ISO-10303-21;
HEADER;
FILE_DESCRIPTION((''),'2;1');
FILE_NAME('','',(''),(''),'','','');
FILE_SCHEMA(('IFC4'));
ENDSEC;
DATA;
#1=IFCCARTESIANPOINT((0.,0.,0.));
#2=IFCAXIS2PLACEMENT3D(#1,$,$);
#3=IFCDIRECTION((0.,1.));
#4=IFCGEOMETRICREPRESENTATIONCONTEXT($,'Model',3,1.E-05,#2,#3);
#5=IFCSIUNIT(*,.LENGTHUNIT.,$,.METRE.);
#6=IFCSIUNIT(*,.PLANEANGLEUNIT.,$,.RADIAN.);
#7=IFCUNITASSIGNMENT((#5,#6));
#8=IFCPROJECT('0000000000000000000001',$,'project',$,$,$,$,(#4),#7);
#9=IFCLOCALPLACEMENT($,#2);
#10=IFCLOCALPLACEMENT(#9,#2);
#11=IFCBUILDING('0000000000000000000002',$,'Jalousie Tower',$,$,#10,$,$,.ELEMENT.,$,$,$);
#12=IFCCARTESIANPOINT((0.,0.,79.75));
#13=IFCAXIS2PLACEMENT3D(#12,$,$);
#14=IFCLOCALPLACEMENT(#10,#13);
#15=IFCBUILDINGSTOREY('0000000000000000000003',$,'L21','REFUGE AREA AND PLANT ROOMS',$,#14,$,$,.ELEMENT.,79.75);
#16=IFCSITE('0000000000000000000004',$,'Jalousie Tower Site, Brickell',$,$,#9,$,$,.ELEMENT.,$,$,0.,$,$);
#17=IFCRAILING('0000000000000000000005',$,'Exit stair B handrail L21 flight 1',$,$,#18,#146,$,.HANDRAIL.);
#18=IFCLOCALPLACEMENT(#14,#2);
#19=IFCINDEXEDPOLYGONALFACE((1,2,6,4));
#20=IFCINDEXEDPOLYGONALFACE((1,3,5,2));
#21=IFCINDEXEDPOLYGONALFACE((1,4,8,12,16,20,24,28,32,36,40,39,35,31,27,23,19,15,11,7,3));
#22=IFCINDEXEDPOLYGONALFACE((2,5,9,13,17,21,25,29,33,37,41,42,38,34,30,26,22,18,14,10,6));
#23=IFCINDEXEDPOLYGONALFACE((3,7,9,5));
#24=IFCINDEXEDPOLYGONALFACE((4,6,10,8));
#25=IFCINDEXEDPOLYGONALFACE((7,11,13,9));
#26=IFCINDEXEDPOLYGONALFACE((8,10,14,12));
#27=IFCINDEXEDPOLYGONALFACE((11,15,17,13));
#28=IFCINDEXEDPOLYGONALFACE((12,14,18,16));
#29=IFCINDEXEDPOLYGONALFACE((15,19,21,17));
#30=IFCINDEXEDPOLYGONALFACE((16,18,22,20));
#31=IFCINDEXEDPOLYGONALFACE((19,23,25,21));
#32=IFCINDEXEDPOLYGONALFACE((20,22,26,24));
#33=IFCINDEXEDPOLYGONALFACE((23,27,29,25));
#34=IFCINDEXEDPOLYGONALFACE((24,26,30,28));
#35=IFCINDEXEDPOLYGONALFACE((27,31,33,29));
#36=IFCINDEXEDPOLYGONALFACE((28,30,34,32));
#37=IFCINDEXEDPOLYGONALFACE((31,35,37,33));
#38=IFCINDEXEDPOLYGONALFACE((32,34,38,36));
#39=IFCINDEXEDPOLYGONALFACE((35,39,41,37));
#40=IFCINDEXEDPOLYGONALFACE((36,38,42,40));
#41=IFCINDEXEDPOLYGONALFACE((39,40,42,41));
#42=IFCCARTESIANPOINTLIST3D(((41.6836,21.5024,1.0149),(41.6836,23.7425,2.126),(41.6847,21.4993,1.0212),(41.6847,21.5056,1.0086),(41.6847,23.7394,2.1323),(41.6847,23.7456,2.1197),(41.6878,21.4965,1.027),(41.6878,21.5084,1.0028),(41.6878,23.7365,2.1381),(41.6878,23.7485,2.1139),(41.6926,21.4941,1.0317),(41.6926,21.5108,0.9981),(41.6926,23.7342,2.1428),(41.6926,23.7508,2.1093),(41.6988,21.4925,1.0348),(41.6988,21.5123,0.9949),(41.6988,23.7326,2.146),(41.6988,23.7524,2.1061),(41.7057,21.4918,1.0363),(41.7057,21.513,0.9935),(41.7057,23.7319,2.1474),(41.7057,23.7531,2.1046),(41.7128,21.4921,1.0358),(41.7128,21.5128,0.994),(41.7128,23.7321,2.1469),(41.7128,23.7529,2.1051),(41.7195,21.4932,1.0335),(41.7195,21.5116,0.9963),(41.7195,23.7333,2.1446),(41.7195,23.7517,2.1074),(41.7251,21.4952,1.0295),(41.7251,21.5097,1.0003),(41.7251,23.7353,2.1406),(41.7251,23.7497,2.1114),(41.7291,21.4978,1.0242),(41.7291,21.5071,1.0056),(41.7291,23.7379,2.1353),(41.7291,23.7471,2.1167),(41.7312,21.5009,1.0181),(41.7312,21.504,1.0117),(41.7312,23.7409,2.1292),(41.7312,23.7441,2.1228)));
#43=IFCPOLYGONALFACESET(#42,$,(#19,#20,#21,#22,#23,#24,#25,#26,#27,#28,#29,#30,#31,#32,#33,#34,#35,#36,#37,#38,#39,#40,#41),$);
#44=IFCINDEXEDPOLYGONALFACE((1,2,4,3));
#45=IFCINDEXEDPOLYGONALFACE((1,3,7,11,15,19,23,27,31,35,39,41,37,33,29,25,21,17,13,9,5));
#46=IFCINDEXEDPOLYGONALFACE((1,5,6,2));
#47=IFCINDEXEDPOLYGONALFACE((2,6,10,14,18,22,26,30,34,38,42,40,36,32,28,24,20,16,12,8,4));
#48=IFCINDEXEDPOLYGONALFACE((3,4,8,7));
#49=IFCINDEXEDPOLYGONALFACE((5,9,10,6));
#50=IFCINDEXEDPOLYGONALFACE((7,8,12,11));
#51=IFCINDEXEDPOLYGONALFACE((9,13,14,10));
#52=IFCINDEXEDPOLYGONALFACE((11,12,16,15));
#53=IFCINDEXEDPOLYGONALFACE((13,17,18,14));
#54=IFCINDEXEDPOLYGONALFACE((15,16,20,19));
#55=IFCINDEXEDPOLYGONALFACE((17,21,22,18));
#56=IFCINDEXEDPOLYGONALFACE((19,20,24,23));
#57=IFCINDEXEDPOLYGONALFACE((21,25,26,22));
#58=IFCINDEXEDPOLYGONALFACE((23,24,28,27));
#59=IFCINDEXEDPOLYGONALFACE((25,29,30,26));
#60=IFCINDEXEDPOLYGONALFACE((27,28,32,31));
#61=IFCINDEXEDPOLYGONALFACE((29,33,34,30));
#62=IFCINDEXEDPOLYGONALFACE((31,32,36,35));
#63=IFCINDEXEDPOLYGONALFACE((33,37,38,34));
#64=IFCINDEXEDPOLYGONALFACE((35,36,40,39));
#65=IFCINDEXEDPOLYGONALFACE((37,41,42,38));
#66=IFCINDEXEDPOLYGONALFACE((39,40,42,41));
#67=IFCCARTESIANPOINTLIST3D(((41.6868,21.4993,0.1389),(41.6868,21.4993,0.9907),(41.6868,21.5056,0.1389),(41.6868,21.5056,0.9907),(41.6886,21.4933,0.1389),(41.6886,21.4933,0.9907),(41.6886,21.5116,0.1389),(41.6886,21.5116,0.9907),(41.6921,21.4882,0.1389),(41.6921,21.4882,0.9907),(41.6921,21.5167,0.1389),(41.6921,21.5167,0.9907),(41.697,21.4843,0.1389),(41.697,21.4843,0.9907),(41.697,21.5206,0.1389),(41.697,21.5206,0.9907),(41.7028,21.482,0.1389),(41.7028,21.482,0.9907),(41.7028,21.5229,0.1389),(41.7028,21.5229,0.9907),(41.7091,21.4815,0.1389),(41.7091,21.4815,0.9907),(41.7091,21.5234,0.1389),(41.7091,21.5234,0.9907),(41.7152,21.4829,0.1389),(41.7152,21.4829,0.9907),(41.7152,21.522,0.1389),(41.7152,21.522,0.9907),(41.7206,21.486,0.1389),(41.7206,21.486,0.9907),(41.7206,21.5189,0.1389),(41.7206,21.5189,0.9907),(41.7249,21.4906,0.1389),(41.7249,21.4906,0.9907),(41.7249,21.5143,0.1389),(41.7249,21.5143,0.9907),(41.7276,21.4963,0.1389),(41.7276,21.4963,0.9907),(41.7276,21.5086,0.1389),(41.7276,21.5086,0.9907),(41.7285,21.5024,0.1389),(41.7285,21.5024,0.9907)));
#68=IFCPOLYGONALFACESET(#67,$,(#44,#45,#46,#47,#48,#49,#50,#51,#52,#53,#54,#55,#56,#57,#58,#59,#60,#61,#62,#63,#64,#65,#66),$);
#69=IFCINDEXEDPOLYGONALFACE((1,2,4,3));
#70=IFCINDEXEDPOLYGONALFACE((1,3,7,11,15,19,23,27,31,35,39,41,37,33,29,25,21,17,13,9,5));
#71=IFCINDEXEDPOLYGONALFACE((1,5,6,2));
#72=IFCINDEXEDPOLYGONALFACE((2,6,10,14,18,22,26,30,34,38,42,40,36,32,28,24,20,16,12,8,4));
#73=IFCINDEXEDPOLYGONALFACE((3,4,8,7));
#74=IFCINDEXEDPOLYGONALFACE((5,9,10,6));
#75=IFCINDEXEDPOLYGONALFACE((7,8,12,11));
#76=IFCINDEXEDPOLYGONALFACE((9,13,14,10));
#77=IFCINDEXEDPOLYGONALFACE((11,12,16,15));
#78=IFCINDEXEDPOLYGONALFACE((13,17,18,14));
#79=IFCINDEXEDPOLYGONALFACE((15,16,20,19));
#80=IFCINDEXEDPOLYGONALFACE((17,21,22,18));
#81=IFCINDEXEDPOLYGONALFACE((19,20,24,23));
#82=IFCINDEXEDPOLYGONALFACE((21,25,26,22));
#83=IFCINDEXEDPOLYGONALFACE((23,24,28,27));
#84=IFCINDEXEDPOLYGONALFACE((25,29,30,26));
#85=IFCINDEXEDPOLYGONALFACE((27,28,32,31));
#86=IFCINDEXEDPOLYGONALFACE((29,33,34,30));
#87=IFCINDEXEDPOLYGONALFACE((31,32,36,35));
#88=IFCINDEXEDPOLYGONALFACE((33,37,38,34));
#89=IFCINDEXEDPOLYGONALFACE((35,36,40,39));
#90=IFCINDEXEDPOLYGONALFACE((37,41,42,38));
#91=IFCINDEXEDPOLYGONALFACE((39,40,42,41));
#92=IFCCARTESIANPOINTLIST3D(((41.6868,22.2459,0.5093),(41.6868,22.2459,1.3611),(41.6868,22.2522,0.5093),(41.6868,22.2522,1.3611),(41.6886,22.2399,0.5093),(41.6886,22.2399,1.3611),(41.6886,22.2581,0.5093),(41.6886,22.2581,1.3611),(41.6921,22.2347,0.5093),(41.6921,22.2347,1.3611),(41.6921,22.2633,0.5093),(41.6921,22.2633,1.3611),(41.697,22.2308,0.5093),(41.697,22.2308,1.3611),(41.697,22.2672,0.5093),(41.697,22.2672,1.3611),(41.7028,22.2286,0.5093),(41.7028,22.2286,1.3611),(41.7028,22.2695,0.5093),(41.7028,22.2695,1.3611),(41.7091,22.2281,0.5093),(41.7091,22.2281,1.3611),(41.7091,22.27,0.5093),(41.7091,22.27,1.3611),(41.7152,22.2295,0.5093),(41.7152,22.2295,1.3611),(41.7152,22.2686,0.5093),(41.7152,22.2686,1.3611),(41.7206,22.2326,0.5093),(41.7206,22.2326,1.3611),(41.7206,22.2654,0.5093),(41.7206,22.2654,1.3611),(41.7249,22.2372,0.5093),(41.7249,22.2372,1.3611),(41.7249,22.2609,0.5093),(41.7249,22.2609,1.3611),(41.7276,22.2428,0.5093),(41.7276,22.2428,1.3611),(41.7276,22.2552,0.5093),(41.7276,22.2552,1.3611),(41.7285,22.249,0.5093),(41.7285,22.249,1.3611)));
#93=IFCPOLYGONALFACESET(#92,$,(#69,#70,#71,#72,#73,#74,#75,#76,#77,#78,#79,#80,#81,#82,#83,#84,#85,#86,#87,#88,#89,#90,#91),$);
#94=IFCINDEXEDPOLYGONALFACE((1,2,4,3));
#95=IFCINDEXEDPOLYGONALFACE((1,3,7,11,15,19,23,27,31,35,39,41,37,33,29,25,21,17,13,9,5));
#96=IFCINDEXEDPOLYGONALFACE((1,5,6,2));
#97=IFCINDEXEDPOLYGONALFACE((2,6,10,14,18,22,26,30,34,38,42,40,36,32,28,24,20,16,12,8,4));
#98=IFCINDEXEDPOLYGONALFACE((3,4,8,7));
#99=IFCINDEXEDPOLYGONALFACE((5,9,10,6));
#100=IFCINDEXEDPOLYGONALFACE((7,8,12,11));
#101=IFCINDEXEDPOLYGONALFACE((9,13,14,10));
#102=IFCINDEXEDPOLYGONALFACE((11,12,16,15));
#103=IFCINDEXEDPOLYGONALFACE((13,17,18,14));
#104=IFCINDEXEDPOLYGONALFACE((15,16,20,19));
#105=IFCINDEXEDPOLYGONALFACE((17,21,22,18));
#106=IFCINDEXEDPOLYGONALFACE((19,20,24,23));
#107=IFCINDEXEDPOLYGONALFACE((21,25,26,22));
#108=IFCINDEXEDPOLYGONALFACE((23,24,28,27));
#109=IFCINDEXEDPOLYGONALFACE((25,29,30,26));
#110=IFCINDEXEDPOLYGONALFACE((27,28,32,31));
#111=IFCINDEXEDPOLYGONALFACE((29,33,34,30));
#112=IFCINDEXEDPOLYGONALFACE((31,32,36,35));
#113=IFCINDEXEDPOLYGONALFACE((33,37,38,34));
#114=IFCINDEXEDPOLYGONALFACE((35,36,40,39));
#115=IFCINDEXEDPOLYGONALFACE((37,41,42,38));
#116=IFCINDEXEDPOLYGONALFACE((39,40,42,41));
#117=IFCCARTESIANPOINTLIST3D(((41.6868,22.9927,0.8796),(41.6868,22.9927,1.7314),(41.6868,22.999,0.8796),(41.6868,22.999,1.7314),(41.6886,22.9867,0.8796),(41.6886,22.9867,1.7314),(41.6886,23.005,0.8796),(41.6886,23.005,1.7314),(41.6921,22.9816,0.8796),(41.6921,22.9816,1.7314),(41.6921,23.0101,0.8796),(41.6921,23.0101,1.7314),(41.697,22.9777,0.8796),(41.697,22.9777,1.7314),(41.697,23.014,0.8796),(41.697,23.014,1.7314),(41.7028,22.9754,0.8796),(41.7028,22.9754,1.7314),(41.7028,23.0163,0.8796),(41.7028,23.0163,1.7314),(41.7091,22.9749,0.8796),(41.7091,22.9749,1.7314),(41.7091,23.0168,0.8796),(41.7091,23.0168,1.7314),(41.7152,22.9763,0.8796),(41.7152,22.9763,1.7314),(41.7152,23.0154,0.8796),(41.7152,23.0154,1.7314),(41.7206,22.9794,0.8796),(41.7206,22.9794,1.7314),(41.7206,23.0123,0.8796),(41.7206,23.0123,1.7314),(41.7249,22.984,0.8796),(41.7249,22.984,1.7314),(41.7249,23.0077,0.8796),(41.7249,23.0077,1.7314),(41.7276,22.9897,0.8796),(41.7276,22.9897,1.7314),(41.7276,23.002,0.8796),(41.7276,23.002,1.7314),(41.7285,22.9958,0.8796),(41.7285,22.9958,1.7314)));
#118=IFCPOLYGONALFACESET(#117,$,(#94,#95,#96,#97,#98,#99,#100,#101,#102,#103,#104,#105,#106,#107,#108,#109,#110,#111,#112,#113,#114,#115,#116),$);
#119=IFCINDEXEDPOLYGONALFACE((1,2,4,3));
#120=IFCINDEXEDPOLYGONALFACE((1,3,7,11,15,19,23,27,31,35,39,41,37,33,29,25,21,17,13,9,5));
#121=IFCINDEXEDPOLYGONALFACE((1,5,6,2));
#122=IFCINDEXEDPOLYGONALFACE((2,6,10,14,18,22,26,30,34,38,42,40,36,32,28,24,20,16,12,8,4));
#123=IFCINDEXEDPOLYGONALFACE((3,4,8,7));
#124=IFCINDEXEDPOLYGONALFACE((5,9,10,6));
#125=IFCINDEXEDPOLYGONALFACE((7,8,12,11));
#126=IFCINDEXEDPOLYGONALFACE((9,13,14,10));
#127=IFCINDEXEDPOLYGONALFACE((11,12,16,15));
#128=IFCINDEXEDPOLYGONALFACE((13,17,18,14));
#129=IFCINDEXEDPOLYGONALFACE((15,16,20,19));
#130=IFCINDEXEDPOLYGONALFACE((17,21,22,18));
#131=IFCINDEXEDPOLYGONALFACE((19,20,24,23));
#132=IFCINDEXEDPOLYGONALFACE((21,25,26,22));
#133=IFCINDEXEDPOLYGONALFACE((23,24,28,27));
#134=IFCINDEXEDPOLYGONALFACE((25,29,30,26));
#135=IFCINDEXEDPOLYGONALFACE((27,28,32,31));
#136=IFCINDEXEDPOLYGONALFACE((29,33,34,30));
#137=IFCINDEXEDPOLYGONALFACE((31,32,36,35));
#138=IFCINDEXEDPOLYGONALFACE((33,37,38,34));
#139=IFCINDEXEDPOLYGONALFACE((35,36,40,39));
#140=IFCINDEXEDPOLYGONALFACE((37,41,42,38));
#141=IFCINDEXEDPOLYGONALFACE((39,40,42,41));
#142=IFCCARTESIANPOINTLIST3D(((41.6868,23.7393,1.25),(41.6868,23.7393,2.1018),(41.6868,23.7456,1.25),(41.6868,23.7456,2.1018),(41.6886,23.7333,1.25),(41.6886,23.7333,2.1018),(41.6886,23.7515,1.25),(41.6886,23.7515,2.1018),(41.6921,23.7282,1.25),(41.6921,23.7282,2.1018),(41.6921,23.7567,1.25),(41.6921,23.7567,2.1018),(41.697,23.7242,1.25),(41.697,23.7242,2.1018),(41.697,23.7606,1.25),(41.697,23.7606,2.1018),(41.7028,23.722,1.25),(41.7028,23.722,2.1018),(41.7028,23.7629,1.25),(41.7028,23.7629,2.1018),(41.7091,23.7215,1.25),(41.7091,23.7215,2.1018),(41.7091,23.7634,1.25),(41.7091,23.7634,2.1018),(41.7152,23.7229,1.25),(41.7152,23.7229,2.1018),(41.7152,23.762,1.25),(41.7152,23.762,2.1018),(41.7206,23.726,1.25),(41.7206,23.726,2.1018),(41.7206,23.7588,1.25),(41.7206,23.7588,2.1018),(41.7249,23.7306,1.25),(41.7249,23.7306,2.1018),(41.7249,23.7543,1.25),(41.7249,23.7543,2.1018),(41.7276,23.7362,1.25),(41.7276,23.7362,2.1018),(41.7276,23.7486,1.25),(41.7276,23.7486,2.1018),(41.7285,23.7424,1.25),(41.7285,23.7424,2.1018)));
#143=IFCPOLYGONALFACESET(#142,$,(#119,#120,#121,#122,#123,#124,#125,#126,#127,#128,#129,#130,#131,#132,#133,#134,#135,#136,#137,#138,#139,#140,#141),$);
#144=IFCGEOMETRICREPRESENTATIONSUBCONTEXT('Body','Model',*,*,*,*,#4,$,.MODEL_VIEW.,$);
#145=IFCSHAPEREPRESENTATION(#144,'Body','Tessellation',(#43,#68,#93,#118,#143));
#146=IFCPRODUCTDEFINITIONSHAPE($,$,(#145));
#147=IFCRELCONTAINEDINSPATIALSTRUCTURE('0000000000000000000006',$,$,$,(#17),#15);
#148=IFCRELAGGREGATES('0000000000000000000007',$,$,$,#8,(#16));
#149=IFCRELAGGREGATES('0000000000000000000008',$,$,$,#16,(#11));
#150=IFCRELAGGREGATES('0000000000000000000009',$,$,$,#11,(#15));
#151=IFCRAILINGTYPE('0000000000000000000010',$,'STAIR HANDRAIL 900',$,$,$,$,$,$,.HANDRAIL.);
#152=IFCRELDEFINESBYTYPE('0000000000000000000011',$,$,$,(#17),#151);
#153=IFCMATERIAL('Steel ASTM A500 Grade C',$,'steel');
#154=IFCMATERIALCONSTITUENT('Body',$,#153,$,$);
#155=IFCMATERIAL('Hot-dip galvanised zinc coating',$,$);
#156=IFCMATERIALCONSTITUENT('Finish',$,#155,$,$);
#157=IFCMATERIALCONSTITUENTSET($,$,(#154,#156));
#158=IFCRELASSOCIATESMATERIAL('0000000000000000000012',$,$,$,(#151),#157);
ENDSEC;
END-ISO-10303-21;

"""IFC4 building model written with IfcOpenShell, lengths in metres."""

from ifc_helpers import new_model, si_unit, direction, frame, origin, origin_2d, place, context, subcontext, project, spatial, circle, extrude, material, constituent, constituent_set, type_object, element, save


model = new_model("IFC4")

# Units and contexts
model_context = context("Model", 3, precision=1e-05, world=origin(), true_north=direction((0.0, 1.0)))
body_context = subcontext(model_context, "Body", "Model", "MODEL_VIEW")
ifc_project = project(units=[si_unit("LENGTHUNIT", "METRE"), si_unit("PLANEANGLEUNIT", "RADIAN")], contexts=[model_context])

# Site, building, storey
site_placement = place(None, origin())
site = spatial("IfcSite", under=ifc_project, at=site_placement, Name="Jalousie Tower Site, Brickell", CompositionType="ELEMENT", RefElevation=0.0)
building_placement = place(site_placement, origin())
building = spatial("IfcBuilding", under=site, at=building_placement, Name="Jalousie Tower", CompositionType="ELEMENT")
storey_placement = place(building_placement, frame((0.0, 0.0, 79.75)))
storey = spatial("IfcBuildingStorey", under=building, at=storey_placement, Name="L21", Description="REFUGE AREA AND PLANT ROOMS", CompositionType="ELEMENT", Elevation=79.75)

# Railing
ifc_material_1 = material(Name="Steel ASTM A500 Grade C", Category="steel")
ifc_constituent_1 = constituent(ifc_material_1, Name="Body")
ifc_material_2 = material(Name="Hot-dip galvanised zinc coating")
ifc_constituent_2 = constituent(ifc_material_2, Name="Finish")
ifc_constituent_set_1 = constituent_set(constituents=[ifc_constituent_1, ifc_constituent_2])
railing_type_1 = type_object("IfcRailingType", Name="STAIR HANDRAIL 900", PredefinedType="HANDRAIL", material=ifc_constituent_set_1)
railing_1_placement = place(storey_placement, frame((41.7075, 21.5024, 0.1389)))
element("IfcRailing", 1, at=railing_1_placement, inside=storey, type_object=railing_type_1, Name="Exit stair B handrail L21 flight 1", PredefinedType="HANDRAIL", context=body_context, shape_type="SweptSolid", body=[
    extrude(circle(Radius=0.0239, at=origin_2d()), frame((0.0, 0.0, 0.876), z_axis=(0.0, 0.895848, 0.44436), x_axis=(-1.0, 0.0, 0.0)), (0.0, 0.0, 1.0), 2.5005),
    extrude(circle(Radius=0.021, at=origin_2d()), origin(), (0.0, 0.0, 1.0), 0.8518),
    extrude(circle(Radius=0.021, at=origin_2d()), frame((0.0, 0.7466, 0.3704)), (0.0, 0.0, 1.0), 0.8518),
    extrude(circle(Radius=0.021, at=origin_2d()), frame((0.0, 1.4934, 0.7407)), (0.0, 0.0, 1.0), 0.8518),
    extrude(circle(Radius=0.021, at=origin_2d()), frame((0.0, 2.24, 1.1111)), (0.0, 0.0, 1.0), 0.8518),
])

save(model, "model.ifc")
